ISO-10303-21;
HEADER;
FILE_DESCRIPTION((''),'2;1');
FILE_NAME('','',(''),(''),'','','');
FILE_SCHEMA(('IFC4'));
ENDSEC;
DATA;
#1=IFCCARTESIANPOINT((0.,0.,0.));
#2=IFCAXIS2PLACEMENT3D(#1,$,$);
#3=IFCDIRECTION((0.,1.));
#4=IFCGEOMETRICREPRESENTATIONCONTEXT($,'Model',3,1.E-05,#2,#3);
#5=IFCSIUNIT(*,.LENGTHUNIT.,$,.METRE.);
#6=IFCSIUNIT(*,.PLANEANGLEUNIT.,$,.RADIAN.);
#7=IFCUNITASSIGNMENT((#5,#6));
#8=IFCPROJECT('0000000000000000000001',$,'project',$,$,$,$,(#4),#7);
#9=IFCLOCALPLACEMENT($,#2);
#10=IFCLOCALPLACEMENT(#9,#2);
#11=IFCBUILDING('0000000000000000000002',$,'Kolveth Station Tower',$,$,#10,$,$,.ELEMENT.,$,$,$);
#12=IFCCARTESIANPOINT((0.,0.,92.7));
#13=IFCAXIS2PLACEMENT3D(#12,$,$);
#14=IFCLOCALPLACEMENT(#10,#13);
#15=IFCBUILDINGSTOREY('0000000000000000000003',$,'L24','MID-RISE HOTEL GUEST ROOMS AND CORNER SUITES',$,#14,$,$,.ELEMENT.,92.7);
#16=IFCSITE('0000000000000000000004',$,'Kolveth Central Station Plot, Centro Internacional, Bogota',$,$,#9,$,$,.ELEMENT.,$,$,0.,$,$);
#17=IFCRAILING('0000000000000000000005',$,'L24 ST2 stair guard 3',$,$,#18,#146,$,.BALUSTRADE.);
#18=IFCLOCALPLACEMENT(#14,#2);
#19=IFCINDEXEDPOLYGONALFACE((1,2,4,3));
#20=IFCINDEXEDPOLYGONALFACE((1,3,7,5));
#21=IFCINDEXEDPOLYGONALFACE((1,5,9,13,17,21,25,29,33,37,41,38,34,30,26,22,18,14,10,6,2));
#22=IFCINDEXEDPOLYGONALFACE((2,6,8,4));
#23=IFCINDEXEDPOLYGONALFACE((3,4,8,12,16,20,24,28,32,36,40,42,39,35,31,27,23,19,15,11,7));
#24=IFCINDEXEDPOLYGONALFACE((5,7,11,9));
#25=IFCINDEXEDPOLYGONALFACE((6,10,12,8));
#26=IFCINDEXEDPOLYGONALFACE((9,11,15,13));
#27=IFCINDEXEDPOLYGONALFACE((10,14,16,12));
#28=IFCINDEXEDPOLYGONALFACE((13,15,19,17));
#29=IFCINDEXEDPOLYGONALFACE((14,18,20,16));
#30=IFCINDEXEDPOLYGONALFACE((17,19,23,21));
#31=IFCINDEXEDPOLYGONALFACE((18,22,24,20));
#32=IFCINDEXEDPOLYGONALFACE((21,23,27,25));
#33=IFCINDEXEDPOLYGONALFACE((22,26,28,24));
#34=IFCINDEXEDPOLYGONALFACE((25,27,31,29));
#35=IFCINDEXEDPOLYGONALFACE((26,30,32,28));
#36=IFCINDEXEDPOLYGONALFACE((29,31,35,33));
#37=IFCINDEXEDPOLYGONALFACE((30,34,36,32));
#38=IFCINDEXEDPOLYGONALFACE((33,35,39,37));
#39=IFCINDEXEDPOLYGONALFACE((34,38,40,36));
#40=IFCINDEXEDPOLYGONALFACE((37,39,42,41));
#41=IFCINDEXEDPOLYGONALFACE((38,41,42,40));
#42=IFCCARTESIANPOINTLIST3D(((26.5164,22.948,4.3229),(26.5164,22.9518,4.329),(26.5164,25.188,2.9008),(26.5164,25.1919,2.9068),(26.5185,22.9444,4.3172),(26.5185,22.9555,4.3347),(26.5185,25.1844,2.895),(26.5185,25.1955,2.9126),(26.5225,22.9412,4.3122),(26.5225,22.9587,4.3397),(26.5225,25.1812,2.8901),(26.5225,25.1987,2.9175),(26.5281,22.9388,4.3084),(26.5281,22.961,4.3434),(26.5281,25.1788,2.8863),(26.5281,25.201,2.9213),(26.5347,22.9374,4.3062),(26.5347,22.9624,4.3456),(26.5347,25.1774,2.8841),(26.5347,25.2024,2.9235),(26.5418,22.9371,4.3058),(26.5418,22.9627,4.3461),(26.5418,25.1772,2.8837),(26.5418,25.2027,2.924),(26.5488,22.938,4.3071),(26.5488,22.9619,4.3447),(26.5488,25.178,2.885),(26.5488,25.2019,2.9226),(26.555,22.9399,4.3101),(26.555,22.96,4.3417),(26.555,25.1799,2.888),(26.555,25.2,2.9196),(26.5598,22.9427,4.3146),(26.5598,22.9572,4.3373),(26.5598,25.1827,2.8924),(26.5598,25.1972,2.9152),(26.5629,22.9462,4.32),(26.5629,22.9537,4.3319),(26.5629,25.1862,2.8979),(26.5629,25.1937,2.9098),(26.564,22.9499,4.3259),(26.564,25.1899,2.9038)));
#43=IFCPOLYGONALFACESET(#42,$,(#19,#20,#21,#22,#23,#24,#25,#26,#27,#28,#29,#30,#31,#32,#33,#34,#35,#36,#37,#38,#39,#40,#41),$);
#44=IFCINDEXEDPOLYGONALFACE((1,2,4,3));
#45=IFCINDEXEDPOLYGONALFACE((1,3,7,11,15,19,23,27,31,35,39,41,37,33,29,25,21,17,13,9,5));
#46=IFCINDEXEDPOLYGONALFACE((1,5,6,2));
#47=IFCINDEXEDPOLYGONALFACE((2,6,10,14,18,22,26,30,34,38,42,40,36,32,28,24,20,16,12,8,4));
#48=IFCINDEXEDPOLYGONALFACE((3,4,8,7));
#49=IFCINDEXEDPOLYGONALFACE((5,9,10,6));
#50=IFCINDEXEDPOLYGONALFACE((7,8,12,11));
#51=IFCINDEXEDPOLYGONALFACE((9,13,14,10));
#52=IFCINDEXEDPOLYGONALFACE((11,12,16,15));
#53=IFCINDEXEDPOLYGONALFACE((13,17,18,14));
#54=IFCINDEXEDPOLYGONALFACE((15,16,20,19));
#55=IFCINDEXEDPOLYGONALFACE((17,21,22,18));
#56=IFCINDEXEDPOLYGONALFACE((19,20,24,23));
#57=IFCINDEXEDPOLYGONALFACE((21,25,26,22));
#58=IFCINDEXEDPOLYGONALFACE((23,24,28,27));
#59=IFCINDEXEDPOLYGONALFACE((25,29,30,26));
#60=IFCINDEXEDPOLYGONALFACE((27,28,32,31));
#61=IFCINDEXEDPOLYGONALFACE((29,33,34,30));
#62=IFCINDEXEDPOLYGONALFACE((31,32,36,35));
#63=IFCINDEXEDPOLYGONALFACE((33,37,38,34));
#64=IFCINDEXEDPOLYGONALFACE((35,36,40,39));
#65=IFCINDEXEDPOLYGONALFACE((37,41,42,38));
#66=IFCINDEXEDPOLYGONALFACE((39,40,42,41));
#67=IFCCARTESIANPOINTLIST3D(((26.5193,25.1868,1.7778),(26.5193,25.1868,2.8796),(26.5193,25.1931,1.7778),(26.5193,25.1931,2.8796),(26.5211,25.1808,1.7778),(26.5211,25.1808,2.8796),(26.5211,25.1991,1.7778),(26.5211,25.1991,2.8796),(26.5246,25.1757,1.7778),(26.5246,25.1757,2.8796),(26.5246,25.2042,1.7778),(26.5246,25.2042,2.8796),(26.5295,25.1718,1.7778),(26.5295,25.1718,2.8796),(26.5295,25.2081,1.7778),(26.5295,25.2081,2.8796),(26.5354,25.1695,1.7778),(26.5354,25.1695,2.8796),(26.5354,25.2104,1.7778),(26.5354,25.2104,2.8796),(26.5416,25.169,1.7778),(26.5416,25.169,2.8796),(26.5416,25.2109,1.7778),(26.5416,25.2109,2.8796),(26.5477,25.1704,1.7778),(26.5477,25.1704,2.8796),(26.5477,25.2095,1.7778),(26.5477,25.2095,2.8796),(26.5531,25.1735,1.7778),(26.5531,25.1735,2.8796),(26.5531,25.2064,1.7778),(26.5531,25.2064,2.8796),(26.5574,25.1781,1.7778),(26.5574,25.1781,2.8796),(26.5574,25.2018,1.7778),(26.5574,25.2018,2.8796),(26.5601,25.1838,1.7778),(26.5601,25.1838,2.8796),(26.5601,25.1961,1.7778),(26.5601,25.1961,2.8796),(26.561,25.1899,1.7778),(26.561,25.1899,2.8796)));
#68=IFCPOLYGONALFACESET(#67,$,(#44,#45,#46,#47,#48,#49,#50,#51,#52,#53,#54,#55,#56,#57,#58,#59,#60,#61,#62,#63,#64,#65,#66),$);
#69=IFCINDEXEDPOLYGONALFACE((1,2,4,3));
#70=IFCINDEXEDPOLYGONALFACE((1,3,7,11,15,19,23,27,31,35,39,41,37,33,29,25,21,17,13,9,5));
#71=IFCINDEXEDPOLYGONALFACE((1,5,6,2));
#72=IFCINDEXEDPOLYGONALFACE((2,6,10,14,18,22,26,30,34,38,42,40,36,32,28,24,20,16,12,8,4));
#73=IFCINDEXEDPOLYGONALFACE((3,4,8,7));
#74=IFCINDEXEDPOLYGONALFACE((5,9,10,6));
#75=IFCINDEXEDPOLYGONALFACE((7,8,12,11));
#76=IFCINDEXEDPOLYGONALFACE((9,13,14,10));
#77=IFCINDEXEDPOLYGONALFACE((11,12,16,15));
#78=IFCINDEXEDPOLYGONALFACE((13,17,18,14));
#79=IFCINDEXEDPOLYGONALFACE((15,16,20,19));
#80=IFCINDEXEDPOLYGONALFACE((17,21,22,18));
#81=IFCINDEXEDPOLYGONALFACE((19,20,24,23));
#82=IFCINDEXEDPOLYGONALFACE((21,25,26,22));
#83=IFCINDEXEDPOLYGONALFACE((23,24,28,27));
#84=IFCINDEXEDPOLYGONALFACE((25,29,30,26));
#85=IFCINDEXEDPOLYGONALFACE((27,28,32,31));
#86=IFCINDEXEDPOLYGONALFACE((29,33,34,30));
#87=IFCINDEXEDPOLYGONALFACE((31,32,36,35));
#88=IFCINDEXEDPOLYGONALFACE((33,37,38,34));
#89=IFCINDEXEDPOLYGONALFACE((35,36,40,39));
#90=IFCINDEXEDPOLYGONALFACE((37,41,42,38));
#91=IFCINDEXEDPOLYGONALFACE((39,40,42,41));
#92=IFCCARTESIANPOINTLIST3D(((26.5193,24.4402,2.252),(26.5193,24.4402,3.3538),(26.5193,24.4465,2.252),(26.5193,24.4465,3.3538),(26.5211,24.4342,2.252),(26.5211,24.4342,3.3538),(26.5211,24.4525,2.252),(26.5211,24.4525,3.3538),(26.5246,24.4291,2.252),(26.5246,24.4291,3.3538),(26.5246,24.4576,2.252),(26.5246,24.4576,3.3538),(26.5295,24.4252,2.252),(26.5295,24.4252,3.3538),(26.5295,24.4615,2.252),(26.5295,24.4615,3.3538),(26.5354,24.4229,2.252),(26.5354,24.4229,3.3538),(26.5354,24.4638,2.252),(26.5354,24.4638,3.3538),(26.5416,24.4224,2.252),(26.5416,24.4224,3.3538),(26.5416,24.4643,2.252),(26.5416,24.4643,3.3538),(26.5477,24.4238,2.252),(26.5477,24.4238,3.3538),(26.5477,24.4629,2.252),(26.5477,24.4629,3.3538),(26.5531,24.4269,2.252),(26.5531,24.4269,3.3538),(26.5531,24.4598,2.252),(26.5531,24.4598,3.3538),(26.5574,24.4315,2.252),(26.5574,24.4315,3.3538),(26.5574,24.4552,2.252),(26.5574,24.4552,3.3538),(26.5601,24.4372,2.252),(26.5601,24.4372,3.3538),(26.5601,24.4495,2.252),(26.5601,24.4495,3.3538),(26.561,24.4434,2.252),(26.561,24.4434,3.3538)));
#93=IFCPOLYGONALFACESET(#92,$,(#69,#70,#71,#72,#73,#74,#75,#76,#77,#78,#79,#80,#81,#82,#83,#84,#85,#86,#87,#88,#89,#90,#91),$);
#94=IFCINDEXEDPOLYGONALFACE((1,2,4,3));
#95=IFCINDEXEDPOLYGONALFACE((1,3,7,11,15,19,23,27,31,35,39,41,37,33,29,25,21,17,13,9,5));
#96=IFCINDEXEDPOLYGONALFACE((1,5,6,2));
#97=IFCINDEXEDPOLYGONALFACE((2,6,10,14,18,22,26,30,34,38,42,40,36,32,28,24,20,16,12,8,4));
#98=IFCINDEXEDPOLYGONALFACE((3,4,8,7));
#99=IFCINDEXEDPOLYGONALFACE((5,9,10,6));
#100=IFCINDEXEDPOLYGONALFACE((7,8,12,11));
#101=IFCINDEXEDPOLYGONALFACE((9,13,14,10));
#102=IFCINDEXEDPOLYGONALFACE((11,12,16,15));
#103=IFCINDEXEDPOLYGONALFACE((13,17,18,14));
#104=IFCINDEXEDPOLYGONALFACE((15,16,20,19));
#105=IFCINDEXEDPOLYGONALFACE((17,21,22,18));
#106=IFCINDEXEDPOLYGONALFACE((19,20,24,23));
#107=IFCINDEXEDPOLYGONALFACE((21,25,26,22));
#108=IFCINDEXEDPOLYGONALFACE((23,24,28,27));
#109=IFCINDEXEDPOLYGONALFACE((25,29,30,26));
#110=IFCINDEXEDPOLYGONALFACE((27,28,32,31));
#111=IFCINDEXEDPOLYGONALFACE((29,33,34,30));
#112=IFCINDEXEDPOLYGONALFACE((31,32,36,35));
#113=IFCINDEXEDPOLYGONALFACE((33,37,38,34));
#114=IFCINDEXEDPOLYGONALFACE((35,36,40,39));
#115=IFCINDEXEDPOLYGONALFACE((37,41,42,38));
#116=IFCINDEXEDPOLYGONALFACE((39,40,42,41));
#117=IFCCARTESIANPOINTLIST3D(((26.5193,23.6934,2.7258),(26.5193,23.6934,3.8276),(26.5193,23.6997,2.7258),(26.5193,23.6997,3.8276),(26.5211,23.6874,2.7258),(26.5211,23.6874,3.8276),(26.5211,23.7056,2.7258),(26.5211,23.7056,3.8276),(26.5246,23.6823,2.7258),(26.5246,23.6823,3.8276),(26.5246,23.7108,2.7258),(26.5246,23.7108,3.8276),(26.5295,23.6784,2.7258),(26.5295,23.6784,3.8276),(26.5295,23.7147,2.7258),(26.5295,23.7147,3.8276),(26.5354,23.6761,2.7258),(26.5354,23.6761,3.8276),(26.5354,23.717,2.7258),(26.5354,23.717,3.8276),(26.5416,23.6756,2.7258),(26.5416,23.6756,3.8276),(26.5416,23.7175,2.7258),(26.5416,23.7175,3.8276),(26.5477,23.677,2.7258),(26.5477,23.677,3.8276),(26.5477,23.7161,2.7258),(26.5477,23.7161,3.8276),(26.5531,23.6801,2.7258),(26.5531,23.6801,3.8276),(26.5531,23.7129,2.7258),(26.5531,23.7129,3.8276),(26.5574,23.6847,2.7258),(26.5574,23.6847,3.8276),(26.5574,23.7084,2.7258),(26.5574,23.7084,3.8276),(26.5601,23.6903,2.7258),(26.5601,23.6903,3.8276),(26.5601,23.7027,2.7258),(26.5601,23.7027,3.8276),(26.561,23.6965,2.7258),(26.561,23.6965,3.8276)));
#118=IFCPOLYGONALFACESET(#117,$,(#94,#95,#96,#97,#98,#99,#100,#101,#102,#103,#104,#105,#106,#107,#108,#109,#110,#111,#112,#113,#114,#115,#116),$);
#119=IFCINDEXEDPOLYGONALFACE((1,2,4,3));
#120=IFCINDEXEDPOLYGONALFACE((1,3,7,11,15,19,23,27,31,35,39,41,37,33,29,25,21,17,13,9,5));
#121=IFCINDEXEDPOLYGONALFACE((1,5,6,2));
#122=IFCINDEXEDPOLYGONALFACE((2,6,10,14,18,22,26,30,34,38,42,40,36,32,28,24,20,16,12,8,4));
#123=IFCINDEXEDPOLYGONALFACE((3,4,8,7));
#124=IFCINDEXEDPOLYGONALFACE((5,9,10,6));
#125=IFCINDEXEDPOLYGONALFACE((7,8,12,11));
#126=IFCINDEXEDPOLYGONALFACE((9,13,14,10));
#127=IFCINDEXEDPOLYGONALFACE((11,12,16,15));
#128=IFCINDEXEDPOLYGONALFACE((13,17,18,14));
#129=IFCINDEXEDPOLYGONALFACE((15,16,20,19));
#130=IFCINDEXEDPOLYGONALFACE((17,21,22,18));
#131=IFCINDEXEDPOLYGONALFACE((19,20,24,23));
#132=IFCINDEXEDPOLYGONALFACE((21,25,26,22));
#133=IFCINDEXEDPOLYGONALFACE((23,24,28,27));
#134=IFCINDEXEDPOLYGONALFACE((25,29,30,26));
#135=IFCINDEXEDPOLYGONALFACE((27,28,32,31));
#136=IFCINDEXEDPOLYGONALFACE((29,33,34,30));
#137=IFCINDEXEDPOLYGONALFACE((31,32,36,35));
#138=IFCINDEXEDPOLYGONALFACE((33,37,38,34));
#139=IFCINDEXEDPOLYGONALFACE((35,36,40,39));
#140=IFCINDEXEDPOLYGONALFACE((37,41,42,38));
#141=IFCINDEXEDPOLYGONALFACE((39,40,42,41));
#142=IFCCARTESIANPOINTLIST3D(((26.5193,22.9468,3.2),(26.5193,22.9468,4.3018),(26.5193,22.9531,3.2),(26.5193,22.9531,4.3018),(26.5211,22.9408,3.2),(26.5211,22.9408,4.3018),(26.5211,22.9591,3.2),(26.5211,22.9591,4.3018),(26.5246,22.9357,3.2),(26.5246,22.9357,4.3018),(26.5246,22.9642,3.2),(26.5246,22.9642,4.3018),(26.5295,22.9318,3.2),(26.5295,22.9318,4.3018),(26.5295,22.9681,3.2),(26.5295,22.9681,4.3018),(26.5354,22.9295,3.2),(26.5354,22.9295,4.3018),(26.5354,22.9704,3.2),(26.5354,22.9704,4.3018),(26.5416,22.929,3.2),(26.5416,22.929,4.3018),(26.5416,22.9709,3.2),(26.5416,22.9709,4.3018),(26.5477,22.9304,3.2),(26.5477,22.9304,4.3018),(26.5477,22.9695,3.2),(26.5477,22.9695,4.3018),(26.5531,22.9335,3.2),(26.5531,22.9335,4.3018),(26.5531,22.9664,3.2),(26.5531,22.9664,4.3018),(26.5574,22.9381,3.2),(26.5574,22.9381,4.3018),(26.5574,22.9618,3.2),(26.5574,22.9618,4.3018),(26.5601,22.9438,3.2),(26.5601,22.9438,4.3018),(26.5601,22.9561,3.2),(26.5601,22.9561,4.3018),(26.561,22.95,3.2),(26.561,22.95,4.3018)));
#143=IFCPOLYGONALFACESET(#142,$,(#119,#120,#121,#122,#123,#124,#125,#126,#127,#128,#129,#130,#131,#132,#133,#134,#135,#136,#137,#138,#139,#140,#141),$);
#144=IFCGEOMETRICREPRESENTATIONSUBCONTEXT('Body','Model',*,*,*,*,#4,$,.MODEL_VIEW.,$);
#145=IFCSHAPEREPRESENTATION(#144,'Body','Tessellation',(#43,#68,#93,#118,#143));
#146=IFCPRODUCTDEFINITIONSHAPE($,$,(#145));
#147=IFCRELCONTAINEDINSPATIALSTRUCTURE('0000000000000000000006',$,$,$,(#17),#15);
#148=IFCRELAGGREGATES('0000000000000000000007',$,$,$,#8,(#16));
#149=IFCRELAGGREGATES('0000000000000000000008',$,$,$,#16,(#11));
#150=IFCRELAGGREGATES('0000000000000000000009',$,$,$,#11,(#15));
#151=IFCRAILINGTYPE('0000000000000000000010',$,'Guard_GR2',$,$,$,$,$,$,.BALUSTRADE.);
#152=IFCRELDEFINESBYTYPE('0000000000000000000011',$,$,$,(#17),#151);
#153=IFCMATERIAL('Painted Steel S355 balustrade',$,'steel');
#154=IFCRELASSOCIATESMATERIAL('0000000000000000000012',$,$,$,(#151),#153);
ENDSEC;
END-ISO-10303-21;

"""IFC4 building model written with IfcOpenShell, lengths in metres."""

from ifc_helpers import new_model, si_unit, direction, frame, origin, origin_2d, place, context, subcontext, project, spatial, circle, extrude, material, type_object, element, save


model = new_model("IFC4")

# Units and contexts
model_context = context("Model", 3, precision=1e-05, world=origin(), true_north=direction((0.0, 1.0)))
body_context = subcontext(model_context, "Body", "Model", "MODEL_VIEW")
ifc_project = project(units=[si_unit("LENGTHUNIT", "METRE"), si_unit("PLANEANGLEUNIT", "RADIAN")], contexts=[model_context])

# Site, building, storey
site_placement = place(None, origin())
site = spatial("IfcSite", under=ifc_project, at=site_placement, Name="Kolveth Central Station Plot, Centro Internacional, Bogota", CompositionType="ELEMENT", RefElevation=0.0)
building_placement = place(site_placement, origin())
building = spatial("IfcBuilding", under=site, at=building_placement, Name="Kolveth Station Tower", CompositionType="ELEMENT")
storey_placement = place(building_placement, frame((0.0, 0.0, 92.7)))
storey = spatial("IfcBuildingStorey", under=building, at=storey_placement, Name="L24", Description="MID-RISE HOTEL GUEST ROOMS AND CORNER SUITES", CompositionType="ELEMENT", Elevation=92.7)

# Railing
ifc_material_1 = material(Name="Painted Steel S355 balustrade", Category="steel")
railing_type_1 = type_object("IfcRailingType", Name="Guard_GR2", PredefinedType="BALUSTRADE", material=ifc_material_1)
railing_1_placement = place(storey_placement, frame((26.54, 25.1899, 1.7778)))
element("IfcRailing", 1, at=railing_1_placement, inside=storey, type_object=railing_type_1, Name="L24 ST2 stair guard 3", PredefinedType="BALUSTRADE", context=body_context, shape_type="SweptSolid", body=[
    extrude(circle(Radius=0.0239, at=origin_2d()), frame((0.0, 0.0, 1.126), z_axis=(0.0, -0.844229, 0.535982), x_axis=(1.0, 0.0, 0.0)), (0.0, 0.0, 1.0), 2.6533),
    extrude(circle(Radius=0.021, at=origin_2d()), origin(), (0.0, 0.0, 1.0), 1.1018),
    extrude(circle(Radius=0.021, at=origin_2d()), frame((0.0, -0.7466, 0.4741)), (0.0, 0.0, 1.0), 1.1018),
    extrude(circle(Radius=0.021, at=origin_2d()), frame((0.0, -1.4934, 0.948)), (0.0, 0.0, 1.0), 1.1018),
    extrude(circle(Radius=0.021, at=origin_2d()), frame((0.0, -2.24, 1.4221)), (0.0, 0.0, 1.0), 1.1018),
])

save(model, "model.ifc")
